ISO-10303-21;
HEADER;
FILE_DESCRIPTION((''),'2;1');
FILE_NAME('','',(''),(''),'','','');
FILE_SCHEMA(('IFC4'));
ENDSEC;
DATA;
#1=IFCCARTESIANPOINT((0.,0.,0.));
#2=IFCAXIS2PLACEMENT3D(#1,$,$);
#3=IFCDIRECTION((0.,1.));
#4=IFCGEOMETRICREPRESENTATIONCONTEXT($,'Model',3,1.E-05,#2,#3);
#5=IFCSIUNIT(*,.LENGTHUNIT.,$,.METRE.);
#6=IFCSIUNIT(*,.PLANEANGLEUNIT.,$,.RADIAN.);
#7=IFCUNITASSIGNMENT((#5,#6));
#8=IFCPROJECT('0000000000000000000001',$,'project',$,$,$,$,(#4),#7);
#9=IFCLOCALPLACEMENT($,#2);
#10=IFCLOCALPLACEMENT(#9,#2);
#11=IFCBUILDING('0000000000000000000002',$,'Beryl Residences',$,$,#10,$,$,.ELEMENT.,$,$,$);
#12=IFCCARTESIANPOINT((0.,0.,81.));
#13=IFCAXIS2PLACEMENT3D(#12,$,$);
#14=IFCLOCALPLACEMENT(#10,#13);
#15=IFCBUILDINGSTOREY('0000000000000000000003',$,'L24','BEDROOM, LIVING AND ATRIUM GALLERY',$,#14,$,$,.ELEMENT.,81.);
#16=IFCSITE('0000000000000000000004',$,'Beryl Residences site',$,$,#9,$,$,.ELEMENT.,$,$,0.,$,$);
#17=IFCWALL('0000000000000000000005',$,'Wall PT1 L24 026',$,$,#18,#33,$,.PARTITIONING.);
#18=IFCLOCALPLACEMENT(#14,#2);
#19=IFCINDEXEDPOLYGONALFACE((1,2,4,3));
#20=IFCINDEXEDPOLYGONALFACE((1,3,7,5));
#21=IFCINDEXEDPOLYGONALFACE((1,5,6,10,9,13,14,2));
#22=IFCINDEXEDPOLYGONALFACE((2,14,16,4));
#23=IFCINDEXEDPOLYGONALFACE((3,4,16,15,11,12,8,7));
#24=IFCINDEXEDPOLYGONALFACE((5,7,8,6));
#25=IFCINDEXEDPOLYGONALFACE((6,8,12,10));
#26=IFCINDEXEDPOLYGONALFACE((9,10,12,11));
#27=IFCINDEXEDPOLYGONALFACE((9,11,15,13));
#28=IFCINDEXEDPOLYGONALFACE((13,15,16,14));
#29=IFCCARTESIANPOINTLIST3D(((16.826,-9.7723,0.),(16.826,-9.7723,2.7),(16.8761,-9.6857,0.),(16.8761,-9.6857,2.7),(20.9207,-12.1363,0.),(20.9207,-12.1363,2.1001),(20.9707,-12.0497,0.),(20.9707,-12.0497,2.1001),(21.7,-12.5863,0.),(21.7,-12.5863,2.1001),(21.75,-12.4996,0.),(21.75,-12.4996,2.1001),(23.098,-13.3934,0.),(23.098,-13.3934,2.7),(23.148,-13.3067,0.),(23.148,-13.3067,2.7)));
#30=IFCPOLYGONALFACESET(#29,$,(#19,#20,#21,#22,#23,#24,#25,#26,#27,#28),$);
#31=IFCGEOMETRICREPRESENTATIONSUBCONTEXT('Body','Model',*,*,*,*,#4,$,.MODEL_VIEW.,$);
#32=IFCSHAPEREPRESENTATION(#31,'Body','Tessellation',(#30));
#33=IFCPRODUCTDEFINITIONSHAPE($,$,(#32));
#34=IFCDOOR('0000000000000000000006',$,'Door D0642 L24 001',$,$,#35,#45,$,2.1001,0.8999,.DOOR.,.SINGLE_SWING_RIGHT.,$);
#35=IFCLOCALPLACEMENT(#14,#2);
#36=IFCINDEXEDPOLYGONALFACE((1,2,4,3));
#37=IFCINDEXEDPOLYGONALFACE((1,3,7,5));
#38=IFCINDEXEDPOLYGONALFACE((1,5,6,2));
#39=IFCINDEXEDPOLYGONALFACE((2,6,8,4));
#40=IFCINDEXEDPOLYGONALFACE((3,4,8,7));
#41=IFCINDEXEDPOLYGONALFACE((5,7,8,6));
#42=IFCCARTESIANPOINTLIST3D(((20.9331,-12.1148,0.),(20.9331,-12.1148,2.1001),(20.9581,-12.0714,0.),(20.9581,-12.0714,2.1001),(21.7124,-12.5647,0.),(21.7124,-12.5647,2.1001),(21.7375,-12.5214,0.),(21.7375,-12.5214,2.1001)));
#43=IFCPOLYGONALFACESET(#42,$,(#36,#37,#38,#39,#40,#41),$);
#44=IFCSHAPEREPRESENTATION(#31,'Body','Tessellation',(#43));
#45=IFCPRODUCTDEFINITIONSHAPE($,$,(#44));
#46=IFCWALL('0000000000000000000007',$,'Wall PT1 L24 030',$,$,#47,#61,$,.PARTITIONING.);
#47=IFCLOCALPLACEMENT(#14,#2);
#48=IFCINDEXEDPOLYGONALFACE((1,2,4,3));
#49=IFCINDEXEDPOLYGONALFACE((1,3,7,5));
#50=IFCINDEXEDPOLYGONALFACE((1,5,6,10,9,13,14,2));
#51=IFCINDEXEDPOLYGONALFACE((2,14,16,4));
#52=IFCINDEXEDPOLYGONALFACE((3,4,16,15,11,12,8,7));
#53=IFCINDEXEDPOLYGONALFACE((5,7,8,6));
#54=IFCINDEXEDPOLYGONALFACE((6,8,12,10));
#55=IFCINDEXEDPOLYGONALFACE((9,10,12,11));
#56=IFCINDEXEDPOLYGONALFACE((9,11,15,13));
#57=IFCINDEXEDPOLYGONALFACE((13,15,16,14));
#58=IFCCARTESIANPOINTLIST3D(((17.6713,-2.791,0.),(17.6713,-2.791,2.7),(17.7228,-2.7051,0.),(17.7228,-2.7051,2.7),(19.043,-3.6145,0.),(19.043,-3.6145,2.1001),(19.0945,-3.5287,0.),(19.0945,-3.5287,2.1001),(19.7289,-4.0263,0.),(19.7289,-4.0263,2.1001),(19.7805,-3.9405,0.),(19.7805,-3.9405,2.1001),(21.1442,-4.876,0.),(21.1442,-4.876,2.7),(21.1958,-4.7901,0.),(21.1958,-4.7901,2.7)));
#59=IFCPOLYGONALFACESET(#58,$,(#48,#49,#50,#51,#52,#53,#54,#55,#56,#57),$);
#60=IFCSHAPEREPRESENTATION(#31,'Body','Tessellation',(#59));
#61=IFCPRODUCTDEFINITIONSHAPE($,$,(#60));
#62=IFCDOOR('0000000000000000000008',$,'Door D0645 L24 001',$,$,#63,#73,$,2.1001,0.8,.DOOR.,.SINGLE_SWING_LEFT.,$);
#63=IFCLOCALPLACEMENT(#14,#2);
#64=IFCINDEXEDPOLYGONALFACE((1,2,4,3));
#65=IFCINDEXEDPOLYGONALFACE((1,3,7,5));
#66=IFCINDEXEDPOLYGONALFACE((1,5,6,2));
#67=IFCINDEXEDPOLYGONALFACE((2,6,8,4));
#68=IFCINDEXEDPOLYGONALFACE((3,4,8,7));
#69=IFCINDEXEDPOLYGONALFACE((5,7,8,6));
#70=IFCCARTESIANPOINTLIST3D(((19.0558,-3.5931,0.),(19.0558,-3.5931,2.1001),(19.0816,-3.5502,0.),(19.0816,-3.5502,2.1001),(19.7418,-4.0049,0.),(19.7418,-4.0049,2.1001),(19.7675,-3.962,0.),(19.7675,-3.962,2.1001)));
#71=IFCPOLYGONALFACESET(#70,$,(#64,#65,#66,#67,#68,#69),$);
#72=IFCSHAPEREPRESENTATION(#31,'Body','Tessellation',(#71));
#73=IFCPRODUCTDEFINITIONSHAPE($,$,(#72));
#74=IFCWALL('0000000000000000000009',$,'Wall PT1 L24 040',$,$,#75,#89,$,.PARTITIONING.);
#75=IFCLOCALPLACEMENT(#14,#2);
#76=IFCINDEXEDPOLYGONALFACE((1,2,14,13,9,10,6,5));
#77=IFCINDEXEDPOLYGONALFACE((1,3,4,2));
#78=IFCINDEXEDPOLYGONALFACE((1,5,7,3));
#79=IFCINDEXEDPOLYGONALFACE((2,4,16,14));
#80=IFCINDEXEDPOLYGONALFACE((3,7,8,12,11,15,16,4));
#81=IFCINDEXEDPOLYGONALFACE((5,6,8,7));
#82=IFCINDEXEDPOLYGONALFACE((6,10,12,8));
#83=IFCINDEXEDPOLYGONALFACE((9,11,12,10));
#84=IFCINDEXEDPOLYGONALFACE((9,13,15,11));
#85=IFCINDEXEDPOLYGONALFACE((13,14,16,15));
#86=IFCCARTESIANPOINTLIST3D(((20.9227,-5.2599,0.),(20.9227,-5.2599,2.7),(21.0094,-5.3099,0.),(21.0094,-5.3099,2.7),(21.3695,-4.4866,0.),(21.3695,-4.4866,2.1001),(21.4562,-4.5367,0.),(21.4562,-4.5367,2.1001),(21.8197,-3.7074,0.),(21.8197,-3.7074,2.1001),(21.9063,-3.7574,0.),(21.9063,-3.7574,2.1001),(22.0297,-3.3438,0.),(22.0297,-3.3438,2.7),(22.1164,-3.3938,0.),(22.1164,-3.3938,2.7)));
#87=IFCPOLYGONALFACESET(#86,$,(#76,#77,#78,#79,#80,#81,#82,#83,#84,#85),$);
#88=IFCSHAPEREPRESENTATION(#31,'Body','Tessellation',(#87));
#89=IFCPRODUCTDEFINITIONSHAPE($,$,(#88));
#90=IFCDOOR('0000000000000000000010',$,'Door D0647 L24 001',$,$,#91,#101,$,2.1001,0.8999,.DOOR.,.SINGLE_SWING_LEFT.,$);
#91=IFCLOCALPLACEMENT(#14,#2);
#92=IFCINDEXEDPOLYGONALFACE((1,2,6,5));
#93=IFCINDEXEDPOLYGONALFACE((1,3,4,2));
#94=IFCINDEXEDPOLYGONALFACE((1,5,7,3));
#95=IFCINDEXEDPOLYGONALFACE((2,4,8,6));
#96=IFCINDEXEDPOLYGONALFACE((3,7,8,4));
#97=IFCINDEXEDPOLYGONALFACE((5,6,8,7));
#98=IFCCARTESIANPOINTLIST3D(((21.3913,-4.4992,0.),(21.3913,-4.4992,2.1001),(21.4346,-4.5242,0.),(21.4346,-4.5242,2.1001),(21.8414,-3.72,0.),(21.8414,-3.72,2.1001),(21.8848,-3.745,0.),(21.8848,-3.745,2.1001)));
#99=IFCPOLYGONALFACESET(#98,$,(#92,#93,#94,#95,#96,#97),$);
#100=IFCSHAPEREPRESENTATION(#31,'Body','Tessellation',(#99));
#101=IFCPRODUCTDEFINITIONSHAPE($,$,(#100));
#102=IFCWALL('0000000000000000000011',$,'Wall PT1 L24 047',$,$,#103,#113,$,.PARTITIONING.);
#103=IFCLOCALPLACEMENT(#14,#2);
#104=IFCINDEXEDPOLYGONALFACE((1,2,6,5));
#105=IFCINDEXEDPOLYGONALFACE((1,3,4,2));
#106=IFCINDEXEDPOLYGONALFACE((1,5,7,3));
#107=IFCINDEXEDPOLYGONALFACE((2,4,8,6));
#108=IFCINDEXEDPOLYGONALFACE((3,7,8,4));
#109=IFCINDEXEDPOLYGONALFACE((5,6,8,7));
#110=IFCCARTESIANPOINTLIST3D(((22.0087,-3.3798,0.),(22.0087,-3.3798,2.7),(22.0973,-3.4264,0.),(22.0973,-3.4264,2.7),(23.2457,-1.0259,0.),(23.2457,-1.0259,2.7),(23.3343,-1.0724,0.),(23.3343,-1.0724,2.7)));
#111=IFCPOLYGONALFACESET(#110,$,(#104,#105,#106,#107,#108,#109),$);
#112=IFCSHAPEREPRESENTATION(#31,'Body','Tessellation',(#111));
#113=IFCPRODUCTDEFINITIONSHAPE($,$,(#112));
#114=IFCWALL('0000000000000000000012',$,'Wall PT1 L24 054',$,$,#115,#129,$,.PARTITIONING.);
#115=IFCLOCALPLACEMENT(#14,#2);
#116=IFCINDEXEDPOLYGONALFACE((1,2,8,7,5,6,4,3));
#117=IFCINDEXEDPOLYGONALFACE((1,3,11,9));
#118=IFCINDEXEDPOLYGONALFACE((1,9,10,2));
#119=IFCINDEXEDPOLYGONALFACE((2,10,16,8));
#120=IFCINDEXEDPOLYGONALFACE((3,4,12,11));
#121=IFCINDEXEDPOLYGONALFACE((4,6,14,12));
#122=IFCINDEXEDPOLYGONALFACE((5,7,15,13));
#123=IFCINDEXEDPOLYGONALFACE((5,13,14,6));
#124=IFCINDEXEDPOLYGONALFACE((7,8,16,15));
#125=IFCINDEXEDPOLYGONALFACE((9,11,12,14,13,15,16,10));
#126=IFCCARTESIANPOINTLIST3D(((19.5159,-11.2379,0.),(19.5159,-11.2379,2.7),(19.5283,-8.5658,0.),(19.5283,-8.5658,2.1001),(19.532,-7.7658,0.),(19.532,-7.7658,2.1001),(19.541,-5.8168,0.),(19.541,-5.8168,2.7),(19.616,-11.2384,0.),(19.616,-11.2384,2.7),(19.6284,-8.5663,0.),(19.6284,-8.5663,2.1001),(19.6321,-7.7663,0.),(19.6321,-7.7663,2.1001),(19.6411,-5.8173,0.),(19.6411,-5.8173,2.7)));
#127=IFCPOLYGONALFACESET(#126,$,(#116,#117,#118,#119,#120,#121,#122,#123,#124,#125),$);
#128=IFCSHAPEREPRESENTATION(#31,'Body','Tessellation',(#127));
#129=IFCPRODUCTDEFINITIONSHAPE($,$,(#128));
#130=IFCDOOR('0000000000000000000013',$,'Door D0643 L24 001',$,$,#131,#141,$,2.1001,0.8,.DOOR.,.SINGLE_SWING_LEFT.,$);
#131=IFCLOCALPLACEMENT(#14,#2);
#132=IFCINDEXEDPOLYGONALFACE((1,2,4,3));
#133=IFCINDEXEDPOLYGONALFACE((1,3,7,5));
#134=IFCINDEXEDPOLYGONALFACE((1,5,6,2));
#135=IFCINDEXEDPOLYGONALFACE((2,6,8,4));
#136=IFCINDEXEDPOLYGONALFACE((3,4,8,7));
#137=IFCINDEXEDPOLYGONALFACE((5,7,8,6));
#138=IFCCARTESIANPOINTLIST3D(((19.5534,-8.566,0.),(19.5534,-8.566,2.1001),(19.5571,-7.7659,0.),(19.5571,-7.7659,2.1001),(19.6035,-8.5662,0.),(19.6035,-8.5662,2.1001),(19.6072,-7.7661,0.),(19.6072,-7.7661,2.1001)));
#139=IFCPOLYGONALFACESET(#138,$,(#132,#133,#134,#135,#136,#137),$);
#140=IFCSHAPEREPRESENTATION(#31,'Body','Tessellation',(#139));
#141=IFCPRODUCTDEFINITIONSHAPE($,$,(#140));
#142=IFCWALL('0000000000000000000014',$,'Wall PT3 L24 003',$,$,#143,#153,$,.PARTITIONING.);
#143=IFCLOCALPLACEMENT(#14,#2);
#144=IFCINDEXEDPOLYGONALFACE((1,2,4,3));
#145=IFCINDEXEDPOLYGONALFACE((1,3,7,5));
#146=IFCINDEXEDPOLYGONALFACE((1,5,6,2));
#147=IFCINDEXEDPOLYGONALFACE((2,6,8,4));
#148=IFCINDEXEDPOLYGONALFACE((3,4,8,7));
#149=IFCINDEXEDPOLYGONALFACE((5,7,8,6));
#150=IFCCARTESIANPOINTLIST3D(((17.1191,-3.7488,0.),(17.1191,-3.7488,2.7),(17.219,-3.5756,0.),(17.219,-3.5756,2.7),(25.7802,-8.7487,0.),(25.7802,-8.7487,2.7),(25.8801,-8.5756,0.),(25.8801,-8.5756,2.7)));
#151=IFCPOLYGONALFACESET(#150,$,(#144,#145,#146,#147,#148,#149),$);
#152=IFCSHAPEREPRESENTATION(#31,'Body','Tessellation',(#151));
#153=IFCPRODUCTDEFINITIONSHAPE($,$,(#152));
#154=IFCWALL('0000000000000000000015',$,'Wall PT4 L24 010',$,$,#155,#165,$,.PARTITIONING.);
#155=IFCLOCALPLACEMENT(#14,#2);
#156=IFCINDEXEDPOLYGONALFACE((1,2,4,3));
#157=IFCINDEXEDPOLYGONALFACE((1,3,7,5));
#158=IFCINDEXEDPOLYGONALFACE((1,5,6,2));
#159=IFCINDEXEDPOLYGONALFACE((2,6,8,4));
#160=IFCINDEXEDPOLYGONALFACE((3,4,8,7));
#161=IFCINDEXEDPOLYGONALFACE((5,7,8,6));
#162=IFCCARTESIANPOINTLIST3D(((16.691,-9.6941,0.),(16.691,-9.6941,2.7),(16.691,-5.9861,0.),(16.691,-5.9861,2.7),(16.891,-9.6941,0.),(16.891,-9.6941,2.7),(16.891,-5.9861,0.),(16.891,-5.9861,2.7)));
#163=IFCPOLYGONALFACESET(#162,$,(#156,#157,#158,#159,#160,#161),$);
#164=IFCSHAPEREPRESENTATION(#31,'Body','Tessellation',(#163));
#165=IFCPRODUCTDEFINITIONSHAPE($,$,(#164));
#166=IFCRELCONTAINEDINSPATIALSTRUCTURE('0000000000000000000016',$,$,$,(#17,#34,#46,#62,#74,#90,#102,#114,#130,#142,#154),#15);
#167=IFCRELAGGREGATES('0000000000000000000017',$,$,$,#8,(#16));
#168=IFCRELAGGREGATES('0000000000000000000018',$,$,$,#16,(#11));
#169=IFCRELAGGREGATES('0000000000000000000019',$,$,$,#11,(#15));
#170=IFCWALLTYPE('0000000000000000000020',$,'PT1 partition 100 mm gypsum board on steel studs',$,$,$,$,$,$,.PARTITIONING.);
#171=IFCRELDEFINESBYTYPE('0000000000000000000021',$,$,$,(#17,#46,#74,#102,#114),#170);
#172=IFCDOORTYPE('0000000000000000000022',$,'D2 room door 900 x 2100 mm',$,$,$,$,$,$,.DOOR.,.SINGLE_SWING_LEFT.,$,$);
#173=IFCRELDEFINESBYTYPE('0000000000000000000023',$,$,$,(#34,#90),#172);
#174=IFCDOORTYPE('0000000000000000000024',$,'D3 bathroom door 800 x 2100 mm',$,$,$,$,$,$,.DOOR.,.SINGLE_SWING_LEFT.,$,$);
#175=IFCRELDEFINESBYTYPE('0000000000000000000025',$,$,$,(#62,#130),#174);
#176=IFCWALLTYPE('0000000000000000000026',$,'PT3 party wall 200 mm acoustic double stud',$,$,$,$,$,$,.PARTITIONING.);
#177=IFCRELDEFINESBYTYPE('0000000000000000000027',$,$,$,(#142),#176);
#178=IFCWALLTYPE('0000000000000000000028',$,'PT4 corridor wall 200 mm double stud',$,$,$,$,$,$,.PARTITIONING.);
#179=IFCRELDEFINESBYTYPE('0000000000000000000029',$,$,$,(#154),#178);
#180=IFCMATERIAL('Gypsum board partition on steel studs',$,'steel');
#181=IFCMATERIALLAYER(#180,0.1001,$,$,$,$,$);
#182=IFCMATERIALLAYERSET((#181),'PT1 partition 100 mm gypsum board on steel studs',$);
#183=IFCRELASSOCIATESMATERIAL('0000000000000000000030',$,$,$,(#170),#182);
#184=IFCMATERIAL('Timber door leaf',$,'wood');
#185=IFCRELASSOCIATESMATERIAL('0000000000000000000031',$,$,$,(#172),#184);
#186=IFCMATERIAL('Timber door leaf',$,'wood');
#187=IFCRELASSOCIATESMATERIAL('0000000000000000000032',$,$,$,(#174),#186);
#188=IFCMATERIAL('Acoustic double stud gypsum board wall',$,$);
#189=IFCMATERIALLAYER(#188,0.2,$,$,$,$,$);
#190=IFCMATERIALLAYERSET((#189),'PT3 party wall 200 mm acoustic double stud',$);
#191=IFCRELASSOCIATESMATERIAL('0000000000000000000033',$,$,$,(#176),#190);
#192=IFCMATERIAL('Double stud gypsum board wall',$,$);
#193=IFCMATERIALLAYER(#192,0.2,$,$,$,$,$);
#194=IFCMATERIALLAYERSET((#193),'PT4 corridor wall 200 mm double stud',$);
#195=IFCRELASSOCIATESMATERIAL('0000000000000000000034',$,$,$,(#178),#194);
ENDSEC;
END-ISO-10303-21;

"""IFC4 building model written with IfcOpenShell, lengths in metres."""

from ifc_helpers import new_model, si_unit, direction, frame, frame_2d, origin, place, context, subcontext, project, spatial, rectangle, extrude, material, layer, layer_set, type_object, element, fill, save


model = new_model("IFC4")

# Units and contexts
model_context = context("Model", 3, precision=1e-05, world=origin(), true_north=direction((0.0, 1.0)))
body_context = subcontext(model_context, "Body", "Model", "MODEL_VIEW")
ifc_project = project(units=[si_unit("LENGTHUNIT", "METRE"), si_unit("PLANEANGLEUNIT", "RADIAN")], contexts=[model_context])

# Site, building, storey
site_placement = place(None, origin())
site = spatial("IfcSite", under=ifc_project, at=site_placement, Name="Beryl Residences site", CompositionType="ELEMENT", RefElevation=0.0)
building_placement = place(site_placement, origin())
building = spatial("IfcBuilding", under=site, at=building_placement, Name="Beryl Residences", CompositionType="ELEMENT")
storey_placement = place(building_placement, frame((0.0, 0.0, 81.0)))
storey = spatial("IfcBuildingStorey", under=building, at=storey_placement, Name="L24", Description="BEDROOM, LIVING AND ATRIUM GALLERY", CompositionType="ELEMENT", Elevation=81.0)

# Shared definitions
ifc_material_1 = material(Name="Gypsum board partition on steel studs", Category="steel")
ifc_layer_1 = layer(ifc_material_1, 0.1001)
ifc_layer_set_1 = layer_set([ifc_layer_1], Name="PT1 partition 100 mm gypsum board on steel studs")
wall_type_1 = type_object("IfcWallType", Name="PT1 partition 100 mm gypsum board on steel studs", PredefinedType="PARTITIONING", material=ifc_layer_set_1)

# Walls, openings, doors
wall_1_placement = place(storey_placement, frame((16.8511, -9.729, 0.0), z_axis=(0.0, 0.0, 1.0), x_axis=(0.866027, -0.499997, 0.0)))
wall_1 = element("IfcWall", 1, at=wall_1_placement, inside=storey, type_object=wall_type_1, Name="Wall PT1 L24 026", PredefinedType="PARTITIONING", context=body_context, shape_type="SweptSolid", body=[
    extrude(rectangle(XDim=7.2422, YDim=0.1001, at=frame_2d((3.6211, 0.0))), origin(), (0.0, 0.0, 1.0), 2.7),
])
opening_1_placement = place(wall_1_placement, frame((4.728, 0.0, 0.0)))
opening_1 = element("IfcOpeningElement", 2, at=opening_1_placement, cuts=wall_1, PredefinedType="OPENING", context=body_context, shape_type="SweptSolid", body=[
    extrude(rectangle(XDim=0.8999, YDim=2.1001, at=frame_2d((0.45, 1.05))), frame((0.0, 0.0601, 0.0), z_axis=(0.0, -1.0, 0.0), x_axis=(1.0, 0.0, 0.0)), (0.0, 0.0, 1.0), 0.1201),
])
ifc_material_2 = material(Name="Timber door leaf", Category="wood")
door_type_1 = type_object("IfcDoorType", Name="D2 room door 900 x 2100 mm", OperationType="SINGLE_SWING_LEFT", PredefinedType="DOOR", material=ifc_material_2)
door_1_placement = place(opening_1_placement, origin())
door_1 = element("IfcDoor", 3, at=door_1_placement, inside=storey, type_object=door_type_1, Name="Door D0642 L24 001", OperationType="SINGLE_SWING_RIGHT", OverallHeight=2.1001, OverallWidth=0.8999, PredefinedType="DOOR", context=body_context, shape_type="SweptSolid", body=[
    extrude(rectangle(XDim=0.8999, YDim=2.1001, at=frame_2d((0.45, 1.05))), frame((0.0, 0.0249, 0.0), z_axis=(0.0, -1.0, 0.0), x_axis=(1.0, 0.0, 0.0)), (0.0, 0.0, 1.0), 0.05),
])
fill(opening_1, door_1)
wall_2_placement = place(storey_placement, frame((17.697, -2.748, 0.0), z_axis=(0.0, 0.0, 1.0), x_axis=(0.85736, -0.514717, 0.0)))
wall_2 = element("IfcWall", 4, at=wall_2_placement, inside=storey, type_object=wall_type_1, Name="Wall PT1 L24 030", PredefinedType="PARTITIONING", context=body_context, shape_type="SweptSolid", body=[
    extrude(rectangle(XDim=4.0508, YDim=0.1001, at=frame_2d((2.0254, 0.0))), origin(), (0.0, 0.0, 1.0), 2.7),
])
opening_2_placement = place(wall_2_placement, frame((1.6001, 0.0, 0.0)))
opening_2 = element("IfcOpeningElement", 5, at=opening_2_placement, cuts=wall_2, PredefinedType="OPENING", context=body_context, shape_type="SweptSolid", body=[
    extrude(rectangle(XDim=0.8, YDim=2.1001, at=frame_2d((0.3999, 1.05))), frame((0.0, 0.0601, 0.0), z_axis=(0.0, -1.0, 0.0), x_axis=(1.0, 0.0, 0.0)), (0.0, 0.0, 1.0), 0.1201),
])
ifc_material_3 = material(Name="Timber door leaf", Category="wood")
door_type_2 = type_object("IfcDoorType", Name="D3 bathroom door 800 x 2100 mm", OperationType="SINGLE_SWING_LEFT", PredefinedType="DOOR", material=ifc_material_3)
door_2_placement = place(opening_2_placement, origin())
door_2 = element("IfcDoor", 6, at=door_2_placement, inside=storey, type_object=door_type_2, Name="Door D0645 L24 001", OperationType="SINGLE_SWING_LEFT", OverallHeight=2.1001, OverallWidth=0.8, PredefinedType="DOOR", context=body_context, shape_type="SweptSolid", body=[
    extrude(rectangle(XDim=0.8, YDim=2.1001, at=frame_2d((0.3999, 1.05))), frame((0.0, 0.0249, 0.0), z_axis=(0.0, -1.0, 0.0), x_axis=(1.0, 0.0, 0.0)), (0.0, 0.0, 1.0), 0.05),
])
fill(opening_2, door_2)
wall_3_placement = place(storey_placement, frame((20.9661, -5.2849, 0.0), z_axis=(0.0, 0.0, 1.0), x_axis=(0.500245, 0.865884, 0.0)))
wall_3 = element("IfcWall", 7, at=wall_3_placement, inside=storey, type_object=wall_type_1, Name="Wall PT1 L24 040", PredefinedType="PARTITIONING", context=body_context, shape_type="SweptSolid", body=[
    extrude(rectangle(XDim=2.2129, YDim=0.1001, at=frame_2d((1.1064, 0.0))), origin(), (0.0, 0.0, 1.0), 2.7),
])
opening_3_placement = place(wall_3_placement, frame((0.8931, 0.0, 0.0)))
opening_3 = element("IfcOpeningElement", 8, at=opening_3_placement, cuts=wall_3, PredefinedType="OPENING", context=body_context, shape_type="SweptSolid", body=[
    extrude(rectangle(XDim=0.8999, YDim=2.1001, at=frame_2d((0.45, 1.05))), frame((0.0, 0.0601, 0.0), z_axis=(0.0, -1.0, 0.0), x_axis=(1.0, 0.0, 0.0)), (0.0, 0.0, 1.0), 0.1201),
])
door_3_placement = place(opening_3_placement, origin())
door_3 = element("IfcDoor", 9, at=door_3_placement, inside=storey, type_object=door_type_1, Name="Door D0647 L24 001", OperationType="SINGLE_SWING_LEFT", OverallHeight=2.1001, OverallWidth=0.8999, PredefinedType="DOOR", context=body_context, shape_type="SweptSolid", body=[
    extrude(rectangle(XDim=0.8999, YDim=2.1001, at=frame_2d((0.45, 1.05))), frame((0.0, 0.0249, 0.0), z_axis=(0.0, -1.0, 0.0), x_axis=(1.0, 0.0, 0.0)), (0.0, 0.0, 1.0), 0.05),
])
fill(opening_3, door_3)

# Wall
wall_4_placement = place(storey_placement, frame((22.053, -3.4031, 0.0), z_axis=(0.0, 0.0, 1.0), x_axis=(0.46519, 0.885211, 0.0)))
element("IfcWall", 10, at=wall_4_placement, inside=storey, type_object=wall_type_1, Name="Wall PT1 L24 047", PredefinedType="PARTITIONING", context=body_context, shape_type="SweptSolid", body=[
    extrude(rectangle(XDim=2.6592, YDim=0.1001, at=frame_2d((1.3296, 0.0))), origin(), (0.0, 0.0, 1.0), 2.7),
])

# Wall, opening, door
wall_5_placement = place(storey_placement, frame((19.5659, -11.238, 0.0), z_axis=(0.0, 0.0, 1.0), x_axis=(0.004639, 0.999989, 0.0)))
wall_5 = element("IfcWall", 11, at=wall_5_placement, inside=storey, type_object=wall_type_1, Name="Wall PT1 L24 054", PredefinedType="PARTITIONING", context=body_context, shape_type="SweptSolid", body=[
    extrude(rectangle(XDim=5.4211, YDim=0.1001, at=frame_2d((2.7104, 0.0))), origin(), (0.0, 0.0, 1.0), 2.7),
])
opening_4_placement = place(wall_5_placement, frame((2.6721, 0.0, 0.0)))
opening_4 = element("IfcOpeningElement", 12, at=opening_4_placement, cuts=wall_5, PredefinedType="OPENING", context=body_context, shape_type="SweptSolid", body=[
    extrude(rectangle(XDim=0.8, YDim=2.1001, at=frame_2d((0.3999, 1.05))), frame((0.0, 0.0601, 0.0), z_axis=(0.0, -1.0, 0.0), x_axis=(1.0, 0.0, 0.0)), (0.0, 0.0, 1.0), 0.1201),
])
door_4_placement = place(opening_4_placement, origin())
door_4 = element("IfcDoor", 13, at=door_4_placement, inside=storey, type_object=door_type_2, Name="Door D0643 L24 001", OperationType="SINGLE_SWING_LEFT", OverallHeight=2.1001, OverallWidth=0.8, PredefinedType="DOOR", context=body_context, shape_type="SweptSolid", body=[
    extrude(rectangle(XDim=0.8, YDim=2.1001, at=frame_2d((0.3999, 1.05))), frame((0.0, 0.0249, 0.0), z_axis=(0.0, -1.0, 0.0), x_axis=(1.0, 0.0, 0.0)), (0.0, 0.0, 1.0), 0.05),
])
fill(opening_4, door_4)

# Walls
ifc_material_4 = material(Name="Acoustic double stud gypsum board wall")
ifc_layer_2 = layer(ifc_material_4, 0.2)
ifc_layer_set_2 = layer_set([ifc_layer_2], Name="PT3 party wall 200 mm acoustic double stud")
wall_type_2 = type_object("IfcWallType", Name="PT3 party wall 200 mm acoustic double stud", PredefinedType="PARTITIONING", material=ifc_layer_set_2)
wall_6_placement = place(storey_placement, frame((17.1689, -3.6621, 0.0), z_axis=(0.0, 0.0, 1.0), x_axis=(0.866047, -0.499962, 0.0)))
element("IfcWall", 14, at=wall_6_placement, inside=storey, type_object=wall_type_2, Name="Wall PT3 L24 003", PredefinedType="PARTITIONING", context=body_context, shape_type="SweptSolid", body=[
    extrude(rectangle(XDim=10.0007, YDim=0.2, at=frame_2d((5.0005, 0.0))), origin(), (0.0, 0.0, 1.0), 2.7),
])
ifc_material_5 = material(Name="Double stud gypsum board wall")
ifc_layer_3 = layer(ifc_material_5, 0.2)
ifc_layer_set_3 = layer_set([ifc_layer_3], Name="PT4 corridor wall 200 mm double stud")
wall_type_3 = type_object("IfcWallType", Name="PT4 corridor wall 200 mm double stud", PredefinedType="PARTITIONING", material=ifc_layer_set_3)
wall_7_placement = place(storey_placement, frame((16.791, -5.9861, 0.0), z_axis=(0.0, 0.0, 1.0), x_axis=(0.0, -1.0, 0.0)))
element("IfcWall", 15, at=wall_7_placement, inside=storey, type_object=wall_type_3, Name="Wall PT4 L24 010", PredefinedType="PARTITIONING", context=body_context, shape_type="SweptSolid", body=[
    extrude(rectangle(XDim=3.708, YDim=0.2, at=frame_2d((1.854, 0.0))), origin(), (0.0, 0.0, 1.0), 2.7),
])

save(model, "model.ifc")
